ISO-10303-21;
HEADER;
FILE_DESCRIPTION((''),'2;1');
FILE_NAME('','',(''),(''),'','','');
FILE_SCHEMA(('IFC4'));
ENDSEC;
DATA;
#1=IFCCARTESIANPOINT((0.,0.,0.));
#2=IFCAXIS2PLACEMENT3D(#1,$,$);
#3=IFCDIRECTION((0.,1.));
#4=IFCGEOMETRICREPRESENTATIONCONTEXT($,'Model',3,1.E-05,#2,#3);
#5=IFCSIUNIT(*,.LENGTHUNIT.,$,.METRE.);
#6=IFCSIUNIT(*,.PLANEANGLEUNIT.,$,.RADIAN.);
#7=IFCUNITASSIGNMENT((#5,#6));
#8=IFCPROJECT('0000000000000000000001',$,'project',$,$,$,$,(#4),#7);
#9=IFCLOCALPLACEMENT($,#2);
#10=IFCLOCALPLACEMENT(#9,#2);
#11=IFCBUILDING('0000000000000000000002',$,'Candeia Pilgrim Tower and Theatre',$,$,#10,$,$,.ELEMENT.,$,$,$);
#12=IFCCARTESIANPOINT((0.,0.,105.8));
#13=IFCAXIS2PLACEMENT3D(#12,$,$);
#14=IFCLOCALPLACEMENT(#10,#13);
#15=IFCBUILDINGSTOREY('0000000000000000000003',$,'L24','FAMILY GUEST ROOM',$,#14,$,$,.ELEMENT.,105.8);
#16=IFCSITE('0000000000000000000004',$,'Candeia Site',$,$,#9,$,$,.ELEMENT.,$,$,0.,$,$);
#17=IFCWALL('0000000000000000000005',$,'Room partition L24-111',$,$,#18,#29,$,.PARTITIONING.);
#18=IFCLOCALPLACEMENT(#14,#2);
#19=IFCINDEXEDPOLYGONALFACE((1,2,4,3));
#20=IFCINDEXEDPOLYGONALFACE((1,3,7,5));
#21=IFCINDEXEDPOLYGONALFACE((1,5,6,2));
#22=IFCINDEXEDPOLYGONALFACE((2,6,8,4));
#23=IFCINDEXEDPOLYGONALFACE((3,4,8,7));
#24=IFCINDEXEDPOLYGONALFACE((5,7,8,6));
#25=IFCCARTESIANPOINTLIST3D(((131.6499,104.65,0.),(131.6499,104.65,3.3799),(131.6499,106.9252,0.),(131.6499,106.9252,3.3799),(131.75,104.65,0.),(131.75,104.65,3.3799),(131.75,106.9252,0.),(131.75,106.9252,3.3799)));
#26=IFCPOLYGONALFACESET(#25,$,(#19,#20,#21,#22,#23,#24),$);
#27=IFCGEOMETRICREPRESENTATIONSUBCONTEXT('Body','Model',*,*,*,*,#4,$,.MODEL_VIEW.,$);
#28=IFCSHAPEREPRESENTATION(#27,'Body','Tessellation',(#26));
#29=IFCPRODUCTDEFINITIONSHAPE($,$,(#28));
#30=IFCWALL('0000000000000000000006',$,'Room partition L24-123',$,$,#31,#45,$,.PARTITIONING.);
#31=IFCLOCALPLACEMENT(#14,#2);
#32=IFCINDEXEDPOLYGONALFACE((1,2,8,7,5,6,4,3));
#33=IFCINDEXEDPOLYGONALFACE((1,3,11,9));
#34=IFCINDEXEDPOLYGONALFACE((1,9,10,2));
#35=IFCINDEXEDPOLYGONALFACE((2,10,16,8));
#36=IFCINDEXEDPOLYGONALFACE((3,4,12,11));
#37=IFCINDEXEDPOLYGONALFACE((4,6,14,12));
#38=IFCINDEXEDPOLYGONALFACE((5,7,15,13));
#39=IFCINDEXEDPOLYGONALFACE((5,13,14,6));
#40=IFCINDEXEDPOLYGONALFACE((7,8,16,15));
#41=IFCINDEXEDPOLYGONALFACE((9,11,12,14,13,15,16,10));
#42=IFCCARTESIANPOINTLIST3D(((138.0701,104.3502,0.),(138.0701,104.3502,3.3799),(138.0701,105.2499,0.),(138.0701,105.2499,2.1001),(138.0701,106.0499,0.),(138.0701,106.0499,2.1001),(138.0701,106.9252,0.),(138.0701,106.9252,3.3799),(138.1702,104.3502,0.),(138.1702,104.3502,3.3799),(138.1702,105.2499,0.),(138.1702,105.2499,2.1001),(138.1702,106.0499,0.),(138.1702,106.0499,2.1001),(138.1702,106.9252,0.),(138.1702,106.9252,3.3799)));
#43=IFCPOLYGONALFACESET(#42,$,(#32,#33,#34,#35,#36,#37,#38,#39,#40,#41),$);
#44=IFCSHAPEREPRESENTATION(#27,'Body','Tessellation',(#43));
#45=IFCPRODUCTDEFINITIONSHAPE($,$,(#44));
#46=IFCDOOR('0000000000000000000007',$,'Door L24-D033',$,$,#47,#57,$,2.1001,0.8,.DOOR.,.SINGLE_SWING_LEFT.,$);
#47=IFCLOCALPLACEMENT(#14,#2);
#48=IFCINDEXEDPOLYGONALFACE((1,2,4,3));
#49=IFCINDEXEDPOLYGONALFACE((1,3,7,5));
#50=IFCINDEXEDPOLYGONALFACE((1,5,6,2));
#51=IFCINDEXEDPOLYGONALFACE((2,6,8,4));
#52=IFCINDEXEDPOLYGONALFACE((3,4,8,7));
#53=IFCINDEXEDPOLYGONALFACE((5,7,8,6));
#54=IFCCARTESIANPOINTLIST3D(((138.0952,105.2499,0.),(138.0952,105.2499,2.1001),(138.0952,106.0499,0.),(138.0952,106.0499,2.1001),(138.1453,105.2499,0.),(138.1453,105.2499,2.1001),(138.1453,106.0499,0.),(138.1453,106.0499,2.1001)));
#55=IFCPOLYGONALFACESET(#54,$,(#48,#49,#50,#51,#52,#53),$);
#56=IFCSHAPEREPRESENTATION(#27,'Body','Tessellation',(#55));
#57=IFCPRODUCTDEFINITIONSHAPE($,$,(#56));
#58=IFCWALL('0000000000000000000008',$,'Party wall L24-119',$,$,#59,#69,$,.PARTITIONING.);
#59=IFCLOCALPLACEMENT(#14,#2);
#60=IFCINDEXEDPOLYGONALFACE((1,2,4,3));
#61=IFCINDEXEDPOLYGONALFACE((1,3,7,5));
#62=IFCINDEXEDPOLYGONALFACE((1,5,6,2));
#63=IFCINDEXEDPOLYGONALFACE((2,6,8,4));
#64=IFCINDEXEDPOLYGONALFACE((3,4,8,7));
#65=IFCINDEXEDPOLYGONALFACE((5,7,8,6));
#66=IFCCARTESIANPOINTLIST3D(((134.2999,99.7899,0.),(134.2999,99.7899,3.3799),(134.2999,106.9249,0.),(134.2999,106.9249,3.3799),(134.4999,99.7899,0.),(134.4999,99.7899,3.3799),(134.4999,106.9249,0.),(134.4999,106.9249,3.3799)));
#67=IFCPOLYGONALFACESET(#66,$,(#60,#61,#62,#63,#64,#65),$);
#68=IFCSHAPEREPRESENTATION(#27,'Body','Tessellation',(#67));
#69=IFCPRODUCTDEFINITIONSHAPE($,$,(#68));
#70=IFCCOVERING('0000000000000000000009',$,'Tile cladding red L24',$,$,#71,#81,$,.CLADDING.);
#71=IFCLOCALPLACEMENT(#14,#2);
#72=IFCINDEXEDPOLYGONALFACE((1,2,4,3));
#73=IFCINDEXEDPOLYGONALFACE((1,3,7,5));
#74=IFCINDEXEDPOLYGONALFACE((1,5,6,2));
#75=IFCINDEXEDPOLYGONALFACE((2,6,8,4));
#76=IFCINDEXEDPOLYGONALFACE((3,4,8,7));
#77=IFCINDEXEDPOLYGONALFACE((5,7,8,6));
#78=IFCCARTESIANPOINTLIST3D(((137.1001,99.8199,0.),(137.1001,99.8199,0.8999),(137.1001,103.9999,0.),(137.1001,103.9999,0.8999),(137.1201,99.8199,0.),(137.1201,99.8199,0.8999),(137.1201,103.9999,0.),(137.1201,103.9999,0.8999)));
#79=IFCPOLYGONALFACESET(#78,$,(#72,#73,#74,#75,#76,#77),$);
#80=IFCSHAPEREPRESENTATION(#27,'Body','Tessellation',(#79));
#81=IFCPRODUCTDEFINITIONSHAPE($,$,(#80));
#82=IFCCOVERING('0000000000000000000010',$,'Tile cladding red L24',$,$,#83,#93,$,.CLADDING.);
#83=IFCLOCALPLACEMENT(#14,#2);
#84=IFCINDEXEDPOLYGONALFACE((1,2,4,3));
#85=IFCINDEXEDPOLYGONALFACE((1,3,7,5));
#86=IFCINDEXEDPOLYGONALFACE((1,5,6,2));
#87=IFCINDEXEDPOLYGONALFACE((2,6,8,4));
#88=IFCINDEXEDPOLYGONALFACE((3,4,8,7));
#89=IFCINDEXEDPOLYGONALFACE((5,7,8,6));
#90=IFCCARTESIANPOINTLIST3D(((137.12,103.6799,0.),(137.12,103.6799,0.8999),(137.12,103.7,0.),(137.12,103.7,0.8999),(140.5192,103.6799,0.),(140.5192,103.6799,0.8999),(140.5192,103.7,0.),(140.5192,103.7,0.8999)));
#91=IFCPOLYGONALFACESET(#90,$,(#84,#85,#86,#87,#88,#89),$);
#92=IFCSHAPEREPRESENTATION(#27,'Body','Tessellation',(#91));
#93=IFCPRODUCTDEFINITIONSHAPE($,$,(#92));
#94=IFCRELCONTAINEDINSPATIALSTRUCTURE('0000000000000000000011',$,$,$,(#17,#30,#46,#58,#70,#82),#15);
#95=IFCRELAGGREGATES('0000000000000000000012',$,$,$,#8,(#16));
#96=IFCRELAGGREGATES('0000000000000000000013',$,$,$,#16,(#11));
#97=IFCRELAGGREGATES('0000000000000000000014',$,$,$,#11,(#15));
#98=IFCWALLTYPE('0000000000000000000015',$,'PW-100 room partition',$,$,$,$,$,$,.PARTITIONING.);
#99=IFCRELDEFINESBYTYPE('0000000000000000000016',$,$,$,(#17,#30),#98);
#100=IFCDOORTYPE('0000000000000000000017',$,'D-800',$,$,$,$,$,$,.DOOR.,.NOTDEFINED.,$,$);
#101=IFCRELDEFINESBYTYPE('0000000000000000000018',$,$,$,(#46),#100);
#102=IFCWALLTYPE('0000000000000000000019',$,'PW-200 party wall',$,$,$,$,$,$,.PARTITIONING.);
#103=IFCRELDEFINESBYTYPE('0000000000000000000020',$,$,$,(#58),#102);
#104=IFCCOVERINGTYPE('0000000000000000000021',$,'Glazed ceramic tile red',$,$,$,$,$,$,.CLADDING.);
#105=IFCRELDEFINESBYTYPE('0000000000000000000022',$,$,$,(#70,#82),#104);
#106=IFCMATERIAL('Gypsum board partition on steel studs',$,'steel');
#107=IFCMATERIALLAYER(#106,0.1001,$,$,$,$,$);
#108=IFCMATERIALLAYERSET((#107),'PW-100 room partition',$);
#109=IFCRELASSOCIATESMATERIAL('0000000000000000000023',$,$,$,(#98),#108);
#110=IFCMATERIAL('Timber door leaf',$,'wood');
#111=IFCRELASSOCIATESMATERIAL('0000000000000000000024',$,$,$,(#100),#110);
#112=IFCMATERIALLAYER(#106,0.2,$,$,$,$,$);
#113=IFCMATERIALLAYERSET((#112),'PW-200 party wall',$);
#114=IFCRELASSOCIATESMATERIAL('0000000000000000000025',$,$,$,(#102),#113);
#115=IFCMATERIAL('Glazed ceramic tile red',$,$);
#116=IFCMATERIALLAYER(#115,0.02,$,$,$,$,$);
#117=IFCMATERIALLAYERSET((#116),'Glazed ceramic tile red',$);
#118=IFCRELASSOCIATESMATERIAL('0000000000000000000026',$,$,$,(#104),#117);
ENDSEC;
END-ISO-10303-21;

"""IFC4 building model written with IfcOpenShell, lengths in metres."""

from ifc_helpers import new_model, si_unit, direction, frame, frame_2d, origin, origin_2d, place, context, subcontext, project, spatial, rectangle, extrude, material, layer, layer_set, type_object, element, fill, save


model = new_model("IFC4")

# Units and contexts
model_context = context("Model", 3, precision=1e-05, world=origin(), true_north=direction((0.0, 1.0)))
body_context = subcontext(model_context, "Body", "Model", "MODEL_VIEW")
ifc_project = project(units=[si_unit("LENGTHUNIT", "METRE"), si_unit("PLANEANGLEUNIT", "RADIAN")], contexts=[model_context])

# Site, building, storey
site_placement = place(None, origin())
site = spatial("IfcSite", under=ifc_project, at=site_placement, Name="Candeia Site", CompositionType="ELEMENT", RefElevation=0.0)
building_placement = place(site_placement, origin())
building = spatial("IfcBuilding", under=site, at=building_placement, Name="Candeia Pilgrim Tower and Theatre", CompositionType="ELEMENT")
storey_placement = place(building_placement, frame((0.0, 0.0, 105.8)))
storey = spatial("IfcBuildingStorey", under=building, at=storey_placement, Name="L24", Description="FAMILY GUEST ROOM", CompositionType="ELEMENT", Elevation=105.8)

# Shared definitions
ifc_material_1 = material(Name="Gypsum board partition on steel studs", Category="steel")
ifc_layer_1 = layer(ifc_material_1, 0.1001)
ifc_layer_set_1 = layer_set([ifc_layer_1], Name="PW-100 room partition")
wall_type_1 = type_object("IfcWallType", Name="PW-100 room partition", PredefinedType="PARTITIONING", material=ifc_layer_set_1)

# Shared definitions
ifc_material_2 = material(Name="Timber door leaf", Category="wood")
door_type_1 = type_object("IfcDoorType", Name="D-800", OperationType="NOTDEFINED", PredefinedType="DOOR", material=ifc_material_2)

# Wall
wall_1_placement = place(storey_placement, frame((131.7, 104.6499, 0.0), z_axis=(0.0, 0.0, 1.0), x_axis=(0.0, 1.0, 0.0)))
element("IfcWall", 1, at=wall_1_placement, inside=storey, type_object=wall_type_1, Name="Room partition L24-111", PredefinedType="PARTITIONING", context=body_context, shape_type="SweptSolid", body=[
    extrude(rectangle(XDim=2.2751, YDim=0.1001, at=frame_2d((1.1377, 0.0))), origin(), (0.0, 0.0, 1.0), 3.3799),
])

# Wall, opening, door
wall_2_placement = place(storey_placement, frame((138.1201, 104.3501, 0.0), z_axis=(0.0, 0.0, 1.0), x_axis=(0.0, 1.0, 0.0)))
wall_2 = element("IfcWall", 2, at=wall_2_placement, inside=storey, type_object=wall_type_1, Name="Room partition L24-123", PredefinedType="PARTITIONING", context=body_context, shape_type="SweptSolid", body=[
    extrude(rectangle(XDim=2.575, YDim=0.1001, at=frame_2d((1.2876, 0.0))), origin(), (0.0, 0.0, 1.0), 3.3799),
])
opening_1_placement = place(wall_2_placement, frame((0.8999, 0.0, 0.0)))
opening_1 = element("IfcOpeningElement", 3, at=opening_1_placement, cuts=wall_2, PredefinedType="OPENING", context=body_context, shape_type="SweptSolid", body=[
    extrude(rectangle(XDim=0.8, YDim=2.1001, at=frame_2d((0.3999, 1.05))), frame((0.0, 0.0601, 0.0), z_axis=(0.0, -1.0, 0.0), x_axis=(1.0, 0.0, 0.0)), (0.0, 0.0, 1.0), 0.1201),
])
door_1_placement = place(opening_1_placement, origin())
door_1 = element("IfcDoor", 4, at=door_1_placement, inside=storey, type_object=door_type_1, Name="Door L24-D033", OperationType="SINGLE_SWING_LEFT", OverallHeight=2.1001, OverallWidth=0.8, PredefinedType="DOOR", context=body_context, shape_type="SweptSolid", body=[
    extrude(rectangle(XDim=0.8, YDim=2.1001, at=frame_2d((0.3999, 1.05))), frame((0.0, 0.0249, 0.0), z_axis=(0.0, -1.0, 0.0), x_axis=(1.0, 0.0, 0.0)), (0.0, 0.0, 1.0), 0.05),
])
fill(opening_1, door_1)

# Wall
ifc_layer_2 = layer(ifc_material_1, 0.2)
ifc_layer_set_2 = layer_set([ifc_layer_2], Name="PW-200 party wall")
wall_type_2 = type_object("IfcWallType", Name="PW-200 party wall", PredefinedType="PARTITIONING", material=ifc_layer_set_2)
wall_3_placement = place(storey_placement, frame((134.3999, 99.79, 0.0), z_axis=(0.0, 0.0, 1.0), x_axis=(0.0, 1.0, 0.0)))
element("IfcWall", 5, at=wall_3_placement, inside=storey, type_object=wall_type_2, Name="Party wall L24-119", PredefinedType="PARTITIONING", context=body_context, shape_type="SweptSolid", body=[
    extrude(rectangle(XDim=7.135, YDim=0.2, at=frame_2d((3.5674, 0.0))), origin(), (0.0, 0.0, 1.0), 3.3799),
])

# Coverings
ifc_material_3 = material(Name="Glazed ceramic tile red")
ifc_layer_3 = layer(ifc_material_3, 0.02)
ifc_layer_set_3 = layer_set([ifc_layer_3], Name="Glazed ceramic tile red")
covering_type = type_object("IfcCoveringType", Name="Glazed ceramic tile red", PredefinedType="CLADDING", material=ifc_layer_set_3)
covering_1_placement = place(storey_placement, frame((137.1101, 101.9099, 0.0), z_axis=(0.0, 0.0, 1.0), x_axis=(0.0, 1.0, 0.0)))
element("IfcCovering", 6, at=covering_1_placement, inside=storey, type_object=covering_type, Name="Tile cladding red L24", PredefinedType="CLADDING", context=body_context, shape_type="SweptSolid", body=[
    extrude(rectangle(XDim=4.1799, YDim=0.02, at=origin_2d()), origin(), (0.0, 0.0, 1.0), 0.8999),
])
covering_2_placement = place(storey_placement, frame((138.8196, 103.6899, 0.0), z_axis=(0.0, 0.0, 1.0), x_axis=(1.0, 0.0, 0.0)))
element("IfcCovering", 7, at=covering_2_placement, inside=storey, type_object=covering_type, Name="Tile cladding red L24", PredefinedType="CLADDING", context=body_context, shape_type="SweptSolid", body=[
    extrude(rectangle(XDim=3.3992, YDim=0.02, at=origin_2d()), origin(), (0.0, 0.0, 1.0), 0.8999),
])

save(model, "model.ifc")
